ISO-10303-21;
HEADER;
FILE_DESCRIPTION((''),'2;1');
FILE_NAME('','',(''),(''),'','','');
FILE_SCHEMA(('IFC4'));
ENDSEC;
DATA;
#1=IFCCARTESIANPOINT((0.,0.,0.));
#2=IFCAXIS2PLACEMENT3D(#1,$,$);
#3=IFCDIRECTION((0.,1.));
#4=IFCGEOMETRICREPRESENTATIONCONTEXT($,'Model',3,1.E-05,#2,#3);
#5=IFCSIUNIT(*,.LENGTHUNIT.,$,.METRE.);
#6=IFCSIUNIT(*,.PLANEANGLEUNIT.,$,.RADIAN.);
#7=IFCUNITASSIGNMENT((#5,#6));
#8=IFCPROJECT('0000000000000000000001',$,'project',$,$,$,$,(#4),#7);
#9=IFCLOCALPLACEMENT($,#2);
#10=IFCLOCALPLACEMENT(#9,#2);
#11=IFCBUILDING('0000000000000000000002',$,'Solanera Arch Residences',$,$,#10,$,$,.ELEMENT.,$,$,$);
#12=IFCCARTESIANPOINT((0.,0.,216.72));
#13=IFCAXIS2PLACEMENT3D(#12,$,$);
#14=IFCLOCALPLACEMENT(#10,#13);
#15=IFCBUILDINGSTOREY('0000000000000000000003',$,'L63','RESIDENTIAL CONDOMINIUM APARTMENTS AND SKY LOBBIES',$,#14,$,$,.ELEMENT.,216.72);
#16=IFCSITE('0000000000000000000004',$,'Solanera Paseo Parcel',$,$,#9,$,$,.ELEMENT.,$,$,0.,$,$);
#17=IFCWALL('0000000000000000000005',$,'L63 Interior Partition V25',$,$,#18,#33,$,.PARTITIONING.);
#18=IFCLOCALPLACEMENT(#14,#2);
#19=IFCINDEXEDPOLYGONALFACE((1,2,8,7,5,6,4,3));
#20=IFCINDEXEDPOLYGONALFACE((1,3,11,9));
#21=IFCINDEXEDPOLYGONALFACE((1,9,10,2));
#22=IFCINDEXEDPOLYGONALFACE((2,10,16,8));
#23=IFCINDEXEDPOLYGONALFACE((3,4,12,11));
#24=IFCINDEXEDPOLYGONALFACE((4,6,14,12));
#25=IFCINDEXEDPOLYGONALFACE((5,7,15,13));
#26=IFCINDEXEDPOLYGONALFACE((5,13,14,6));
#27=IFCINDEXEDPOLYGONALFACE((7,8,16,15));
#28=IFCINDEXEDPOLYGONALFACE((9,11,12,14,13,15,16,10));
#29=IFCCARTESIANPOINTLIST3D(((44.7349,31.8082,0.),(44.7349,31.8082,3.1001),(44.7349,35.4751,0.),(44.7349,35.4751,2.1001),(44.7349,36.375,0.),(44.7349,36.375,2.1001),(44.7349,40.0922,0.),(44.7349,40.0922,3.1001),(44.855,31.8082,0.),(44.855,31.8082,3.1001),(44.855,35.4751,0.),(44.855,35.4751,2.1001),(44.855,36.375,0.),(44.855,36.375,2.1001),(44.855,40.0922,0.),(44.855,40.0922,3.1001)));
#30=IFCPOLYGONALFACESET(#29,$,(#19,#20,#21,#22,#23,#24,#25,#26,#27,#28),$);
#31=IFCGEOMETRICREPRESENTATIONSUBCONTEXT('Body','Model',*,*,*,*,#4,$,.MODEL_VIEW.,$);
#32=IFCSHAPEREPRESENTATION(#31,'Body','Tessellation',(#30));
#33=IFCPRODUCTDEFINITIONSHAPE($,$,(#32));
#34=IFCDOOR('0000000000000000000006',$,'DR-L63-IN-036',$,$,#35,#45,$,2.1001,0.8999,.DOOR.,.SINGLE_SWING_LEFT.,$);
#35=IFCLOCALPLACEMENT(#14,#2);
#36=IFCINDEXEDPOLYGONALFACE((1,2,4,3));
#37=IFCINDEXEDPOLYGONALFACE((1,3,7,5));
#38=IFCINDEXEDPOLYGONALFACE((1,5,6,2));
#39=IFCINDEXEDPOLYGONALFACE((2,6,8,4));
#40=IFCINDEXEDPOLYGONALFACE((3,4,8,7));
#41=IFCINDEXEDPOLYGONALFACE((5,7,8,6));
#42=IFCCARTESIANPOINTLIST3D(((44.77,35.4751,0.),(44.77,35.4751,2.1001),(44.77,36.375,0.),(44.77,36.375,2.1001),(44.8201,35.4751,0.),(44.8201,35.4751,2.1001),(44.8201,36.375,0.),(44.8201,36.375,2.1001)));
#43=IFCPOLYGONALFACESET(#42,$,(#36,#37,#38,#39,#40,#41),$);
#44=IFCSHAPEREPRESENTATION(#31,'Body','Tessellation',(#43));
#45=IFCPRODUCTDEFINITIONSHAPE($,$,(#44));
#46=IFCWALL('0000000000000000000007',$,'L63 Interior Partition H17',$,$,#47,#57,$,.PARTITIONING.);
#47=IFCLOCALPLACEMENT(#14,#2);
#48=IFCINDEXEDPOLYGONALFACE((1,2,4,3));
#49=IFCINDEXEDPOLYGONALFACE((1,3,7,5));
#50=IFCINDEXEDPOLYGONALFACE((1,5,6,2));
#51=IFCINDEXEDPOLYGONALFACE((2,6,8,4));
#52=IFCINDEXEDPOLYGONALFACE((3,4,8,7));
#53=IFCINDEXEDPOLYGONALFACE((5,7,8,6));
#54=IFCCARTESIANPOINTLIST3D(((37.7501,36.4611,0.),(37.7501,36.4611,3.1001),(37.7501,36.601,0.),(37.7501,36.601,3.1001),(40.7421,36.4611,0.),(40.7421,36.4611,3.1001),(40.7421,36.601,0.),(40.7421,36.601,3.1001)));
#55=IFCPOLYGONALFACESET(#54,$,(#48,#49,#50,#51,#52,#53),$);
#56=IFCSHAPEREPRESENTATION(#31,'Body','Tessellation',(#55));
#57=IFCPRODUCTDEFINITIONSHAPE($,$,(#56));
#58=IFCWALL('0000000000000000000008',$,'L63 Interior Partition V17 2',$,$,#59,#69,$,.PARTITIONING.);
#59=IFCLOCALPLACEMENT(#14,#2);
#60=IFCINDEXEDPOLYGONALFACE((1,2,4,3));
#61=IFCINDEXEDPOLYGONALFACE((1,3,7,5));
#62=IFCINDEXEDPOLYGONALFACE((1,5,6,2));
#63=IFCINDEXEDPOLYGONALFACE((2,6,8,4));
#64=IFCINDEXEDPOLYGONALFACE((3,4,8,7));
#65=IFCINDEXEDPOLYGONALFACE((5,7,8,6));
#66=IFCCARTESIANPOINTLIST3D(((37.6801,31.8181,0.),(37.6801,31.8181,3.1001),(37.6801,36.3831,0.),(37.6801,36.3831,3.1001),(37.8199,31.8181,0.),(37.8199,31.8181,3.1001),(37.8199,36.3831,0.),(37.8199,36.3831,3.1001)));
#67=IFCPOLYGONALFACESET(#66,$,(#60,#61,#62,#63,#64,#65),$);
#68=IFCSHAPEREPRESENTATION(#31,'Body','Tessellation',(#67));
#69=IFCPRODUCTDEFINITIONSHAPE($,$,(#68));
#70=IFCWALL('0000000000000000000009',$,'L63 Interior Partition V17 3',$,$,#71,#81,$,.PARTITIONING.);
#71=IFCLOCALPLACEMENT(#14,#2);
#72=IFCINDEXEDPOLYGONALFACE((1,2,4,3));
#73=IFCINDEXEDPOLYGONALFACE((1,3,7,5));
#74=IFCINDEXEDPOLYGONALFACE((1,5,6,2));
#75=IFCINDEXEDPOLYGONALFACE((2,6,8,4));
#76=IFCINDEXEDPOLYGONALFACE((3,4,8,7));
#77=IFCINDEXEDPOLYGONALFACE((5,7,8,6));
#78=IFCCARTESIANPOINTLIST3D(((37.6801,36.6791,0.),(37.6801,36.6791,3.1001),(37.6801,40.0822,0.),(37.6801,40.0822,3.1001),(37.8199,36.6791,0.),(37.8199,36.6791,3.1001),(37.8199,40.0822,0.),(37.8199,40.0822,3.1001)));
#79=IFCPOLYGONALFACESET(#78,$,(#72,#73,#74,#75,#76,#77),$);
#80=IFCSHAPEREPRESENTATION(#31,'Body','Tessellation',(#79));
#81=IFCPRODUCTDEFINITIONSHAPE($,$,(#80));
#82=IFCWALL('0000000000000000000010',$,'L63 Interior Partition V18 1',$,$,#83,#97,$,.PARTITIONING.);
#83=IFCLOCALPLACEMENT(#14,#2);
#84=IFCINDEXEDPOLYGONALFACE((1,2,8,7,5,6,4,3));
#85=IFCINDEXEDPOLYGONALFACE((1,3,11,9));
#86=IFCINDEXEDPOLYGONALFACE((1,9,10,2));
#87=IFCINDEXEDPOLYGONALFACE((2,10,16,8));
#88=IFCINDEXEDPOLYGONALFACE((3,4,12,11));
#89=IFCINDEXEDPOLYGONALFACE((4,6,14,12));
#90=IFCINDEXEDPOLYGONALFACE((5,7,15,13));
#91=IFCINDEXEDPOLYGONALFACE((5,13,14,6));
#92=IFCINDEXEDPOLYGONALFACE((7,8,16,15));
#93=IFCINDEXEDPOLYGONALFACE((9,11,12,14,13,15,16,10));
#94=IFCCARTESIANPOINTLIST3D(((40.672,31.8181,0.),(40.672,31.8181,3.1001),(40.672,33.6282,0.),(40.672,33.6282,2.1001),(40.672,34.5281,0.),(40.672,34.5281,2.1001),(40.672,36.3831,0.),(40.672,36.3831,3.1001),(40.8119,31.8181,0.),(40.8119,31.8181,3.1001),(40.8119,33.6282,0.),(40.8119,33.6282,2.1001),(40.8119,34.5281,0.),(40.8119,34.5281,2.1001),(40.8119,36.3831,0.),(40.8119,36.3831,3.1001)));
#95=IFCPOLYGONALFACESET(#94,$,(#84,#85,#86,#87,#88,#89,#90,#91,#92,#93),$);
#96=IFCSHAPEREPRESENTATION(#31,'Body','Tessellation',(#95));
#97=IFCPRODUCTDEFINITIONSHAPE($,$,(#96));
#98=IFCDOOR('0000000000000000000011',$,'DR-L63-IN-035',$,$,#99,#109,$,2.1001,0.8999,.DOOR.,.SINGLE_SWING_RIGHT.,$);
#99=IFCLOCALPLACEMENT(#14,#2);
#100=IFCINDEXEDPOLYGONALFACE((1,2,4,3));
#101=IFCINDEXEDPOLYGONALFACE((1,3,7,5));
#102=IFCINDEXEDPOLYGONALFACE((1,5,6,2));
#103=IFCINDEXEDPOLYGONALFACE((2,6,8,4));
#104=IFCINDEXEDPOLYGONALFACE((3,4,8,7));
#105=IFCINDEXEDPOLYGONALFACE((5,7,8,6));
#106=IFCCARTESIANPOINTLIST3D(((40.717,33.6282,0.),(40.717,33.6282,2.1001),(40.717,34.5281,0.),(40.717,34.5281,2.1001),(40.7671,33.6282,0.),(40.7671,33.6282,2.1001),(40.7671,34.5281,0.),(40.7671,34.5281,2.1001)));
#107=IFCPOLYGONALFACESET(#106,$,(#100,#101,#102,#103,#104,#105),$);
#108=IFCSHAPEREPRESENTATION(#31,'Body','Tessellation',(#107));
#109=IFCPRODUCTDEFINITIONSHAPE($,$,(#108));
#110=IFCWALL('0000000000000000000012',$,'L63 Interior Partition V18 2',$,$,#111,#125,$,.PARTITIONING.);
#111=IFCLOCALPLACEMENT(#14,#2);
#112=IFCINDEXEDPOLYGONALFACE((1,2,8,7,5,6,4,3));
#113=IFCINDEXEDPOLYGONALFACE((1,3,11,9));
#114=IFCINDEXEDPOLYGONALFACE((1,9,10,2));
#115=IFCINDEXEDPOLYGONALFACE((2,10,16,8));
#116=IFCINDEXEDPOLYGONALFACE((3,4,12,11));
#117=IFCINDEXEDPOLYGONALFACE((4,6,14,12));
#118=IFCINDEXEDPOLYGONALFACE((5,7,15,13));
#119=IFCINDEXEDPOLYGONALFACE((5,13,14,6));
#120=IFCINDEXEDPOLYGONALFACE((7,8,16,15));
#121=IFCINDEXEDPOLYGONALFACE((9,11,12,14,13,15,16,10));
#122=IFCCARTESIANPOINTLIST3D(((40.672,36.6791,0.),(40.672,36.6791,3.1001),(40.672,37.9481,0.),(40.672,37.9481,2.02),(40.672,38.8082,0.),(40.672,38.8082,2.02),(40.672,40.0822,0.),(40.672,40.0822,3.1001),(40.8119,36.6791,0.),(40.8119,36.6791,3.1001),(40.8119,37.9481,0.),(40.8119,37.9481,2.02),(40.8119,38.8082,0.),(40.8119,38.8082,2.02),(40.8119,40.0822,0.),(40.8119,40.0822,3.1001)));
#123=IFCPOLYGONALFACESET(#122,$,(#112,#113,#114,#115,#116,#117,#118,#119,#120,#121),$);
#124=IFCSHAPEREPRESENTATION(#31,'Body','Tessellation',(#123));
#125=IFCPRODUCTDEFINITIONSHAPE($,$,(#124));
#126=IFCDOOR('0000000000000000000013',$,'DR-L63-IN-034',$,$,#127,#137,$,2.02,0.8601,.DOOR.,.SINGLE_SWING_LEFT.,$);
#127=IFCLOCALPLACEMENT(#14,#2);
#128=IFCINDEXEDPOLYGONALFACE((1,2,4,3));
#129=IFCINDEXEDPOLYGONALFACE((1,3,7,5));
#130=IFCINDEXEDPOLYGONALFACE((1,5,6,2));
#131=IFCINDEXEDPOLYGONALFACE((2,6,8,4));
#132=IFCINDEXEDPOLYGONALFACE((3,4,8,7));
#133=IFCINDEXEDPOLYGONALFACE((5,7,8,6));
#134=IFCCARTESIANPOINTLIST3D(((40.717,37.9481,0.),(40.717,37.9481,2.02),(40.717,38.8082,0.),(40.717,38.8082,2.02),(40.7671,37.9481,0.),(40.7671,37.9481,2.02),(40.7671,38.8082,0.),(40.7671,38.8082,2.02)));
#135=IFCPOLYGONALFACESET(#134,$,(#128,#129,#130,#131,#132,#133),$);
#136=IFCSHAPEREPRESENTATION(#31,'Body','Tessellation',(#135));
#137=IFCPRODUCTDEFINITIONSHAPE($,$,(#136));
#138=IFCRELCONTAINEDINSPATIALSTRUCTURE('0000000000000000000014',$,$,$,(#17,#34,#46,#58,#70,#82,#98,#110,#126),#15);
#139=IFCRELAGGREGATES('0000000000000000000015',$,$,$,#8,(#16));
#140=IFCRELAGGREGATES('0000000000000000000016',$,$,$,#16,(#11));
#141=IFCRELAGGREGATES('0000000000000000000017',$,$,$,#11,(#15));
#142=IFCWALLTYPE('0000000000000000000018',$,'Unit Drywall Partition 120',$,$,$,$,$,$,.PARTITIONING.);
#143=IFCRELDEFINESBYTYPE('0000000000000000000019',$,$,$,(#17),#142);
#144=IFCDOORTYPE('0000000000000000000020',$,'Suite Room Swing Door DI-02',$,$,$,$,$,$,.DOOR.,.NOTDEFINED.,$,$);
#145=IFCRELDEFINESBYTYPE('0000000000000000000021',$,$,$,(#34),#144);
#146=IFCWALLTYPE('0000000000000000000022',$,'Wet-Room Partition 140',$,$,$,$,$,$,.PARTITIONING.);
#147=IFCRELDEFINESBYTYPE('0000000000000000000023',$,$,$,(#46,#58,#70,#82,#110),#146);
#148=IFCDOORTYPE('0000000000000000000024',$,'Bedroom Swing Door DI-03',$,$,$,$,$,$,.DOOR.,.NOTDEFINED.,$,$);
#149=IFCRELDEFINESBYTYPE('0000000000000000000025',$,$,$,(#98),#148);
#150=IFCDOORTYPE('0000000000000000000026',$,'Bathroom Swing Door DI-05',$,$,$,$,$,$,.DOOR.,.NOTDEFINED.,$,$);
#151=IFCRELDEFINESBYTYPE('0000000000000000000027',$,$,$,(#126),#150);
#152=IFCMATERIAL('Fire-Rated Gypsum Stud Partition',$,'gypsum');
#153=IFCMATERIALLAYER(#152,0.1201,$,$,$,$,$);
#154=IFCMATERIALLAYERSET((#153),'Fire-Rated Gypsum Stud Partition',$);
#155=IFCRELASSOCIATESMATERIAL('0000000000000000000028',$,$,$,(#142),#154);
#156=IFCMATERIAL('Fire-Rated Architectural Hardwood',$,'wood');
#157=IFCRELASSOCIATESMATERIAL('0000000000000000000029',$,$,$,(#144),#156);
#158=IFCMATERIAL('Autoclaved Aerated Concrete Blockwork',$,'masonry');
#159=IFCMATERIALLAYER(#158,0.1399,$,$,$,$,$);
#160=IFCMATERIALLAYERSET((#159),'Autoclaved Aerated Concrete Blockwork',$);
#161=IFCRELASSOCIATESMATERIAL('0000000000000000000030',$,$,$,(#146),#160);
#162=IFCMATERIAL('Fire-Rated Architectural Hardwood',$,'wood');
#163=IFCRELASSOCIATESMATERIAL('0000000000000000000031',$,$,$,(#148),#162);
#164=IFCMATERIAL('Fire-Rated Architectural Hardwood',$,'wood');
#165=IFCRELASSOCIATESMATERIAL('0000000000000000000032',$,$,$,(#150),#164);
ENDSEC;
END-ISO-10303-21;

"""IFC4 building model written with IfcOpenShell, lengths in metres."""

from ifc_helpers import new_model, si_unit, direction, frame, frame_2d, origin, place, context, subcontext, project, spatial, rectangle, extrude, material, layer, layer_set, type_object, element, fill, save


model = new_model("IFC4")

# Units and contexts
model_context = context("Model", 3, precision=1e-05, world=origin(), true_north=direction((0.0, 1.0)))
body_context = subcontext(model_context, "Body", "Model", "MODEL_VIEW")
ifc_project = project(units=[si_unit("LENGTHUNIT", "METRE"), si_unit("PLANEANGLEUNIT", "RADIAN")], contexts=[model_context])

# Site, building, storey
site_placement = place(None, origin())
site = spatial("IfcSite", under=ifc_project, at=site_placement, Name="Solanera Paseo Parcel", CompositionType="ELEMENT", RefElevation=0.0)
building_placement = place(site_placement, origin())
building = spatial("IfcBuilding", under=site, at=building_placement, Name="Solanera Arch Residences", CompositionType="ELEMENT")
storey_placement = place(building_placement, frame((0.0, 0.0, 216.72)))
storey = spatial("IfcBuildingStorey", under=building, at=storey_placement, Name="L63", Description="RESIDENTIAL CONDOMINIUM APARTMENTS AND SKY LOBBIES", CompositionType="ELEMENT", Elevation=216.72)

# Wall, opening, door
ifc_material_1 = material(Name="Fire-Rated Gypsum Stud Partition", Category="gypsum")
ifc_layer_1 = layer(ifc_material_1, 0.1201)
ifc_layer_set_1 = layer_set([ifc_layer_1], Name="Fire-Rated Gypsum Stud Partition")
wall_type_1 = type_object("IfcWallType", Name="Unit Drywall Partition 120", PredefinedType="PARTITIONING", material=ifc_layer_set_1)
wall_1_placement = place(storey_placement, frame((44.7949, 31.8081, 0.0), z_axis=(0.0, 0.0, 1.0), x_axis=(0.0, 1.0, 0.0)))
wall_1 = element("IfcWall", 1, at=wall_1_placement, inside=storey, type_object=wall_type_1, Name="L63 Interior Partition V25", PredefinedType="PARTITIONING", context=body_context, shape_type="SweptSolid", body=[
    extrude(rectangle(XDim=8.2839, YDim=0.1201, at=frame_2d((4.1421, 0.0))), origin(), (0.0, 0.0, 1.0), 3.1001),
])
opening_1_placement = place(wall_1_placement, frame((3.667, 0.0, 0.0)))
opening_1 = element("IfcOpeningElement", 2, at=opening_1_placement, cuts=wall_1, PredefinedType="OPENING", context=body_context, shape_type="SweptSolid", body=[
    extrude(rectangle(XDim=0.8999, YDim=2.1001, at=frame_2d((0.45, 1.05))), frame((0.0, 0.0701, 0.0), z_axis=(0.0, -1.0, 0.0), x_axis=(1.0, 0.0, 0.0)), (0.0, 0.0, 1.0), 0.1401),
])
ifc_material_2 = material(Name="Fire-Rated Architectural Hardwood", Category="wood")
door_type_1 = type_object("IfcDoorType", Name="Suite Room Swing Door DI-02", OperationType="NOTDEFINED", PredefinedType="DOOR", material=ifc_material_2)
door_1_placement = place(opening_1_placement, origin())
door_1 = element("IfcDoor", 3, at=door_1_placement, inside=storey, type_object=door_type_1, Name="DR-L63-IN-036", OperationType="SINGLE_SWING_LEFT", OverallHeight=2.1001, OverallWidth=0.8999, PredefinedType="DOOR", context=body_context, shape_type="SweptSolid", body=[
    extrude(rectangle(XDim=0.8999, YDim=2.1001, at=frame_2d((0.45, 1.05))), frame((0.0, 0.0249, 0.0), z_axis=(0.0, -1.0, 0.0), x_axis=(1.0, 0.0, 0.0)), (0.0, 0.0, 1.0), 0.05),
])
fill(opening_1, door_1)

# Walls
ifc_material_3 = material(Name="Autoclaved Aerated Concrete Blockwork", Category="masonry")
ifc_layer_2 = layer(ifc_material_3, 0.1399)
ifc_layer_set_2 = layer_set([ifc_layer_2], Name="Autoclaved Aerated Concrete Blockwork")
wall_type_2 = type_object("IfcWallType", Name="Wet-Room Partition 140", PredefinedType="PARTITIONING", material=ifc_layer_set_2)
wall_2_placement = place(storey_placement, frame((37.75, 36.531, 0.0), z_axis=(0.0, 0.0, 1.0), x_axis=(1.0, 0.0, 0.0)))
element("IfcWall", 4, at=wall_2_placement, inside=storey, type_object=wall_type_2, Name="L63 Interior Partition H17", PredefinedType="PARTITIONING", context=body_context, shape_type="SweptSolid", body=[
    extrude(rectangle(XDim=2.9919, YDim=0.1399, at=frame_2d((1.4961, 0.0))), origin(), (0.0, 0.0, 1.0), 3.1001),
])
wall_3_placement = place(storey_placement, frame((37.75, 31.8181, 0.0), z_axis=(0.0, 0.0, 1.0), x_axis=(0.0, 1.0, 0.0)))
element("IfcWall", 5, at=wall_3_placement, inside=storey, type_object=wall_type_2, Name="L63 Interior Partition V17 2", PredefinedType="PARTITIONING", context=body_context, shape_type="SweptSolid", body=[
    extrude(rectangle(XDim=4.5649, YDim=0.1399, at=frame_2d((2.2825, 0.0))), origin(), (0.0, 0.0, 1.0), 3.1001),
])
wall_4_placement = place(storey_placement, frame((37.75, 36.679, 0.0), z_axis=(0.0, 0.0, 1.0), x_axis=(0.0, 1.0, 0.0)))
element("IfcWall", 6, at=wall_4_placement, inside=storey, type_object=wall_type_2, Name="L63 Interior Partition V17 3", PredefinedType="PARTITIONING", context=body_context, shape_type="SweptSolid", body=[
    extrude(rectangle(XDim=3.4031, YDim=0.1399, at=frame_2d((1.7017, 0.0))), origin(), (0.0, 0.0, 1.0), 3.1001),
])

# Walls, openings, doors
wall_5_placement = place(storey_placement, frame((40.7419, 31.8181, 0.0), z_axis=(0.0, 0.0, 1.0), x_axis=(0.0, 1.0, 0.0)))
wall_5 = element("IfcWall", 7, at=wall_5_placement, inside=storey, type_object=wall_type_2, Name="L63 Interior Partition V18 1", PredefinedType="PARTITIONING", context=body_context, shape_type="SweptSolid", body=[
    extrude(rectangle(XDim=4.5649, YDim=0.1399, at=frame_2d((2.2825, 0.0))), origin(), (0.0, 0.0, 1.0), 3.1001),
])
opening_2_placement = place(wall_5_placement, frame((1.8101, 0.0, 0.0)))
opening_2 = element("IfcOpeningElement", 8, at=opening_2_placement, cuts=wall_5, PredefinedType="OPENING", context=body_context, shape_type="SweptSolid", body=[
    extrude(rectangle(XDim=0.8999, YDim=2.1001, at=frame_2d((0.45, 1.05))), frame((0.0, 0.0798, 0.0), z_axis=(0.0, -1.0, 0.0), x_axis=(1.0, 0.0, 0.0)), (0.0, 0.0, 1.0), 0.1599),
])
ifc_material_4 = material(Name="Fire-Rated Architectural Hardwood", Category="wood")
door_type_2 = type_object("IfcDoorType", Name="Bedroom Swing Door DI-03", OperationType="NOTDEFINED", PredefinedType="DOOR", material=ifc_material_4)
door_2_placement = place(opening_2_placement, origin())
door_2 = element("IfcDoor", 9, at=door_2_placement, inside=storey, type_object=door_type_2, Name="DR-L63-IN-035", OperationType="SINGLE_SWING_RIGHT", OverallHeight=2.1001, OverallWidth=0.8999, PredefinedType="DOOR", context=body_context, shape_type="SweptSolid", body=[
    extrude(rectangle(XDim=0.8999, YDim=2.1001, at=frame_2d((0.45, 1.05))), frame((0.0, 0.0249, 0.0), z_axis=(0.0, -1.0, 0.0), x_axis=(1.0, 0.0, 0.0)), (0.0, 0.0, 1.0), 0.05),
])
fill(opening_2, door_2)
wall_6_placement = place(storey_placement, frame((40.7419, 36.679, 0.0), z_axis=(0.0, 0.0, 1.0), x_axis=(0.0, 1.0, 0.0)))
wall_6 = element("IfcWall", 10, at=wall_6_placement, inside=storey, type_object=wall_type_2, Name="L63 Interior Partition V18 2", PredefinedType="PARTITIONING", context=body_context, shape_type="SweptSolid", body=[
    extrude(rectangle(XDim=3.4031, YDim=0.1399, at=frame_2d((1.7017, 0.0))), origin(), (0.0, 0.0, 1.0), 3.1001),
])
opening_3_placement = place(wall_6_placement, frame((1.269, 0.0, 0.0)))
opening_3 = element("IfcOpeningElement", 11, at=opening_3_placement, cuts=wall_6, PredefinedType="OPENING", context=body_context, shape_type="SweptSolid", body=[
    extrude(rectangle(XDim=0.8601, YDim=2.02, at=frame_2d((0.4302, 1.01))), frame((0.0, 0.0798, 0.0), z_axis=(0.0, -1.0, 0.0), x_axis=(1.0, 0.0, 0.0)), (0.0, 0.0, 1.0), 0.1599),
])
ifc_material_5 = material(Name="Fire-Rated Architectural Hardwood", Category="wood")
door_type_3 = type_object("IfcDoorType", Name="Bathroom Swing Door DI-05", OperationType="NOTDEFINED", PredefinedType="DOOR", material=ifc_material_5)
door_3_placement = place(opening_3_placement, origin())
door_3 = element("IfcDoor", 12, at=door_3_placement, inside=storey, type_object=door_type_3, Name="DR-L63-IN-034", OperationType="SINGLE_SWING_LEFT", OverallHeight=2.02, OverallWidth=0.8601, PredefinedType="DOOR", context=body_context, shape_type="SweptSolid", body=[
    extrude(rectangle(XDim=0.8601, YDim=2.02, at=frame_2d((0.4302, 1.01))), frame((0.0, 0.0249, 0.0), z_axis=(0.0, -1.0, 0.0), x_axis=(1.0, 0.0, 0.0)), (0.0, 0.0, 1.0), 0.05),
])
fill(opening_3, door_3)

save(model, "model.ifc")
